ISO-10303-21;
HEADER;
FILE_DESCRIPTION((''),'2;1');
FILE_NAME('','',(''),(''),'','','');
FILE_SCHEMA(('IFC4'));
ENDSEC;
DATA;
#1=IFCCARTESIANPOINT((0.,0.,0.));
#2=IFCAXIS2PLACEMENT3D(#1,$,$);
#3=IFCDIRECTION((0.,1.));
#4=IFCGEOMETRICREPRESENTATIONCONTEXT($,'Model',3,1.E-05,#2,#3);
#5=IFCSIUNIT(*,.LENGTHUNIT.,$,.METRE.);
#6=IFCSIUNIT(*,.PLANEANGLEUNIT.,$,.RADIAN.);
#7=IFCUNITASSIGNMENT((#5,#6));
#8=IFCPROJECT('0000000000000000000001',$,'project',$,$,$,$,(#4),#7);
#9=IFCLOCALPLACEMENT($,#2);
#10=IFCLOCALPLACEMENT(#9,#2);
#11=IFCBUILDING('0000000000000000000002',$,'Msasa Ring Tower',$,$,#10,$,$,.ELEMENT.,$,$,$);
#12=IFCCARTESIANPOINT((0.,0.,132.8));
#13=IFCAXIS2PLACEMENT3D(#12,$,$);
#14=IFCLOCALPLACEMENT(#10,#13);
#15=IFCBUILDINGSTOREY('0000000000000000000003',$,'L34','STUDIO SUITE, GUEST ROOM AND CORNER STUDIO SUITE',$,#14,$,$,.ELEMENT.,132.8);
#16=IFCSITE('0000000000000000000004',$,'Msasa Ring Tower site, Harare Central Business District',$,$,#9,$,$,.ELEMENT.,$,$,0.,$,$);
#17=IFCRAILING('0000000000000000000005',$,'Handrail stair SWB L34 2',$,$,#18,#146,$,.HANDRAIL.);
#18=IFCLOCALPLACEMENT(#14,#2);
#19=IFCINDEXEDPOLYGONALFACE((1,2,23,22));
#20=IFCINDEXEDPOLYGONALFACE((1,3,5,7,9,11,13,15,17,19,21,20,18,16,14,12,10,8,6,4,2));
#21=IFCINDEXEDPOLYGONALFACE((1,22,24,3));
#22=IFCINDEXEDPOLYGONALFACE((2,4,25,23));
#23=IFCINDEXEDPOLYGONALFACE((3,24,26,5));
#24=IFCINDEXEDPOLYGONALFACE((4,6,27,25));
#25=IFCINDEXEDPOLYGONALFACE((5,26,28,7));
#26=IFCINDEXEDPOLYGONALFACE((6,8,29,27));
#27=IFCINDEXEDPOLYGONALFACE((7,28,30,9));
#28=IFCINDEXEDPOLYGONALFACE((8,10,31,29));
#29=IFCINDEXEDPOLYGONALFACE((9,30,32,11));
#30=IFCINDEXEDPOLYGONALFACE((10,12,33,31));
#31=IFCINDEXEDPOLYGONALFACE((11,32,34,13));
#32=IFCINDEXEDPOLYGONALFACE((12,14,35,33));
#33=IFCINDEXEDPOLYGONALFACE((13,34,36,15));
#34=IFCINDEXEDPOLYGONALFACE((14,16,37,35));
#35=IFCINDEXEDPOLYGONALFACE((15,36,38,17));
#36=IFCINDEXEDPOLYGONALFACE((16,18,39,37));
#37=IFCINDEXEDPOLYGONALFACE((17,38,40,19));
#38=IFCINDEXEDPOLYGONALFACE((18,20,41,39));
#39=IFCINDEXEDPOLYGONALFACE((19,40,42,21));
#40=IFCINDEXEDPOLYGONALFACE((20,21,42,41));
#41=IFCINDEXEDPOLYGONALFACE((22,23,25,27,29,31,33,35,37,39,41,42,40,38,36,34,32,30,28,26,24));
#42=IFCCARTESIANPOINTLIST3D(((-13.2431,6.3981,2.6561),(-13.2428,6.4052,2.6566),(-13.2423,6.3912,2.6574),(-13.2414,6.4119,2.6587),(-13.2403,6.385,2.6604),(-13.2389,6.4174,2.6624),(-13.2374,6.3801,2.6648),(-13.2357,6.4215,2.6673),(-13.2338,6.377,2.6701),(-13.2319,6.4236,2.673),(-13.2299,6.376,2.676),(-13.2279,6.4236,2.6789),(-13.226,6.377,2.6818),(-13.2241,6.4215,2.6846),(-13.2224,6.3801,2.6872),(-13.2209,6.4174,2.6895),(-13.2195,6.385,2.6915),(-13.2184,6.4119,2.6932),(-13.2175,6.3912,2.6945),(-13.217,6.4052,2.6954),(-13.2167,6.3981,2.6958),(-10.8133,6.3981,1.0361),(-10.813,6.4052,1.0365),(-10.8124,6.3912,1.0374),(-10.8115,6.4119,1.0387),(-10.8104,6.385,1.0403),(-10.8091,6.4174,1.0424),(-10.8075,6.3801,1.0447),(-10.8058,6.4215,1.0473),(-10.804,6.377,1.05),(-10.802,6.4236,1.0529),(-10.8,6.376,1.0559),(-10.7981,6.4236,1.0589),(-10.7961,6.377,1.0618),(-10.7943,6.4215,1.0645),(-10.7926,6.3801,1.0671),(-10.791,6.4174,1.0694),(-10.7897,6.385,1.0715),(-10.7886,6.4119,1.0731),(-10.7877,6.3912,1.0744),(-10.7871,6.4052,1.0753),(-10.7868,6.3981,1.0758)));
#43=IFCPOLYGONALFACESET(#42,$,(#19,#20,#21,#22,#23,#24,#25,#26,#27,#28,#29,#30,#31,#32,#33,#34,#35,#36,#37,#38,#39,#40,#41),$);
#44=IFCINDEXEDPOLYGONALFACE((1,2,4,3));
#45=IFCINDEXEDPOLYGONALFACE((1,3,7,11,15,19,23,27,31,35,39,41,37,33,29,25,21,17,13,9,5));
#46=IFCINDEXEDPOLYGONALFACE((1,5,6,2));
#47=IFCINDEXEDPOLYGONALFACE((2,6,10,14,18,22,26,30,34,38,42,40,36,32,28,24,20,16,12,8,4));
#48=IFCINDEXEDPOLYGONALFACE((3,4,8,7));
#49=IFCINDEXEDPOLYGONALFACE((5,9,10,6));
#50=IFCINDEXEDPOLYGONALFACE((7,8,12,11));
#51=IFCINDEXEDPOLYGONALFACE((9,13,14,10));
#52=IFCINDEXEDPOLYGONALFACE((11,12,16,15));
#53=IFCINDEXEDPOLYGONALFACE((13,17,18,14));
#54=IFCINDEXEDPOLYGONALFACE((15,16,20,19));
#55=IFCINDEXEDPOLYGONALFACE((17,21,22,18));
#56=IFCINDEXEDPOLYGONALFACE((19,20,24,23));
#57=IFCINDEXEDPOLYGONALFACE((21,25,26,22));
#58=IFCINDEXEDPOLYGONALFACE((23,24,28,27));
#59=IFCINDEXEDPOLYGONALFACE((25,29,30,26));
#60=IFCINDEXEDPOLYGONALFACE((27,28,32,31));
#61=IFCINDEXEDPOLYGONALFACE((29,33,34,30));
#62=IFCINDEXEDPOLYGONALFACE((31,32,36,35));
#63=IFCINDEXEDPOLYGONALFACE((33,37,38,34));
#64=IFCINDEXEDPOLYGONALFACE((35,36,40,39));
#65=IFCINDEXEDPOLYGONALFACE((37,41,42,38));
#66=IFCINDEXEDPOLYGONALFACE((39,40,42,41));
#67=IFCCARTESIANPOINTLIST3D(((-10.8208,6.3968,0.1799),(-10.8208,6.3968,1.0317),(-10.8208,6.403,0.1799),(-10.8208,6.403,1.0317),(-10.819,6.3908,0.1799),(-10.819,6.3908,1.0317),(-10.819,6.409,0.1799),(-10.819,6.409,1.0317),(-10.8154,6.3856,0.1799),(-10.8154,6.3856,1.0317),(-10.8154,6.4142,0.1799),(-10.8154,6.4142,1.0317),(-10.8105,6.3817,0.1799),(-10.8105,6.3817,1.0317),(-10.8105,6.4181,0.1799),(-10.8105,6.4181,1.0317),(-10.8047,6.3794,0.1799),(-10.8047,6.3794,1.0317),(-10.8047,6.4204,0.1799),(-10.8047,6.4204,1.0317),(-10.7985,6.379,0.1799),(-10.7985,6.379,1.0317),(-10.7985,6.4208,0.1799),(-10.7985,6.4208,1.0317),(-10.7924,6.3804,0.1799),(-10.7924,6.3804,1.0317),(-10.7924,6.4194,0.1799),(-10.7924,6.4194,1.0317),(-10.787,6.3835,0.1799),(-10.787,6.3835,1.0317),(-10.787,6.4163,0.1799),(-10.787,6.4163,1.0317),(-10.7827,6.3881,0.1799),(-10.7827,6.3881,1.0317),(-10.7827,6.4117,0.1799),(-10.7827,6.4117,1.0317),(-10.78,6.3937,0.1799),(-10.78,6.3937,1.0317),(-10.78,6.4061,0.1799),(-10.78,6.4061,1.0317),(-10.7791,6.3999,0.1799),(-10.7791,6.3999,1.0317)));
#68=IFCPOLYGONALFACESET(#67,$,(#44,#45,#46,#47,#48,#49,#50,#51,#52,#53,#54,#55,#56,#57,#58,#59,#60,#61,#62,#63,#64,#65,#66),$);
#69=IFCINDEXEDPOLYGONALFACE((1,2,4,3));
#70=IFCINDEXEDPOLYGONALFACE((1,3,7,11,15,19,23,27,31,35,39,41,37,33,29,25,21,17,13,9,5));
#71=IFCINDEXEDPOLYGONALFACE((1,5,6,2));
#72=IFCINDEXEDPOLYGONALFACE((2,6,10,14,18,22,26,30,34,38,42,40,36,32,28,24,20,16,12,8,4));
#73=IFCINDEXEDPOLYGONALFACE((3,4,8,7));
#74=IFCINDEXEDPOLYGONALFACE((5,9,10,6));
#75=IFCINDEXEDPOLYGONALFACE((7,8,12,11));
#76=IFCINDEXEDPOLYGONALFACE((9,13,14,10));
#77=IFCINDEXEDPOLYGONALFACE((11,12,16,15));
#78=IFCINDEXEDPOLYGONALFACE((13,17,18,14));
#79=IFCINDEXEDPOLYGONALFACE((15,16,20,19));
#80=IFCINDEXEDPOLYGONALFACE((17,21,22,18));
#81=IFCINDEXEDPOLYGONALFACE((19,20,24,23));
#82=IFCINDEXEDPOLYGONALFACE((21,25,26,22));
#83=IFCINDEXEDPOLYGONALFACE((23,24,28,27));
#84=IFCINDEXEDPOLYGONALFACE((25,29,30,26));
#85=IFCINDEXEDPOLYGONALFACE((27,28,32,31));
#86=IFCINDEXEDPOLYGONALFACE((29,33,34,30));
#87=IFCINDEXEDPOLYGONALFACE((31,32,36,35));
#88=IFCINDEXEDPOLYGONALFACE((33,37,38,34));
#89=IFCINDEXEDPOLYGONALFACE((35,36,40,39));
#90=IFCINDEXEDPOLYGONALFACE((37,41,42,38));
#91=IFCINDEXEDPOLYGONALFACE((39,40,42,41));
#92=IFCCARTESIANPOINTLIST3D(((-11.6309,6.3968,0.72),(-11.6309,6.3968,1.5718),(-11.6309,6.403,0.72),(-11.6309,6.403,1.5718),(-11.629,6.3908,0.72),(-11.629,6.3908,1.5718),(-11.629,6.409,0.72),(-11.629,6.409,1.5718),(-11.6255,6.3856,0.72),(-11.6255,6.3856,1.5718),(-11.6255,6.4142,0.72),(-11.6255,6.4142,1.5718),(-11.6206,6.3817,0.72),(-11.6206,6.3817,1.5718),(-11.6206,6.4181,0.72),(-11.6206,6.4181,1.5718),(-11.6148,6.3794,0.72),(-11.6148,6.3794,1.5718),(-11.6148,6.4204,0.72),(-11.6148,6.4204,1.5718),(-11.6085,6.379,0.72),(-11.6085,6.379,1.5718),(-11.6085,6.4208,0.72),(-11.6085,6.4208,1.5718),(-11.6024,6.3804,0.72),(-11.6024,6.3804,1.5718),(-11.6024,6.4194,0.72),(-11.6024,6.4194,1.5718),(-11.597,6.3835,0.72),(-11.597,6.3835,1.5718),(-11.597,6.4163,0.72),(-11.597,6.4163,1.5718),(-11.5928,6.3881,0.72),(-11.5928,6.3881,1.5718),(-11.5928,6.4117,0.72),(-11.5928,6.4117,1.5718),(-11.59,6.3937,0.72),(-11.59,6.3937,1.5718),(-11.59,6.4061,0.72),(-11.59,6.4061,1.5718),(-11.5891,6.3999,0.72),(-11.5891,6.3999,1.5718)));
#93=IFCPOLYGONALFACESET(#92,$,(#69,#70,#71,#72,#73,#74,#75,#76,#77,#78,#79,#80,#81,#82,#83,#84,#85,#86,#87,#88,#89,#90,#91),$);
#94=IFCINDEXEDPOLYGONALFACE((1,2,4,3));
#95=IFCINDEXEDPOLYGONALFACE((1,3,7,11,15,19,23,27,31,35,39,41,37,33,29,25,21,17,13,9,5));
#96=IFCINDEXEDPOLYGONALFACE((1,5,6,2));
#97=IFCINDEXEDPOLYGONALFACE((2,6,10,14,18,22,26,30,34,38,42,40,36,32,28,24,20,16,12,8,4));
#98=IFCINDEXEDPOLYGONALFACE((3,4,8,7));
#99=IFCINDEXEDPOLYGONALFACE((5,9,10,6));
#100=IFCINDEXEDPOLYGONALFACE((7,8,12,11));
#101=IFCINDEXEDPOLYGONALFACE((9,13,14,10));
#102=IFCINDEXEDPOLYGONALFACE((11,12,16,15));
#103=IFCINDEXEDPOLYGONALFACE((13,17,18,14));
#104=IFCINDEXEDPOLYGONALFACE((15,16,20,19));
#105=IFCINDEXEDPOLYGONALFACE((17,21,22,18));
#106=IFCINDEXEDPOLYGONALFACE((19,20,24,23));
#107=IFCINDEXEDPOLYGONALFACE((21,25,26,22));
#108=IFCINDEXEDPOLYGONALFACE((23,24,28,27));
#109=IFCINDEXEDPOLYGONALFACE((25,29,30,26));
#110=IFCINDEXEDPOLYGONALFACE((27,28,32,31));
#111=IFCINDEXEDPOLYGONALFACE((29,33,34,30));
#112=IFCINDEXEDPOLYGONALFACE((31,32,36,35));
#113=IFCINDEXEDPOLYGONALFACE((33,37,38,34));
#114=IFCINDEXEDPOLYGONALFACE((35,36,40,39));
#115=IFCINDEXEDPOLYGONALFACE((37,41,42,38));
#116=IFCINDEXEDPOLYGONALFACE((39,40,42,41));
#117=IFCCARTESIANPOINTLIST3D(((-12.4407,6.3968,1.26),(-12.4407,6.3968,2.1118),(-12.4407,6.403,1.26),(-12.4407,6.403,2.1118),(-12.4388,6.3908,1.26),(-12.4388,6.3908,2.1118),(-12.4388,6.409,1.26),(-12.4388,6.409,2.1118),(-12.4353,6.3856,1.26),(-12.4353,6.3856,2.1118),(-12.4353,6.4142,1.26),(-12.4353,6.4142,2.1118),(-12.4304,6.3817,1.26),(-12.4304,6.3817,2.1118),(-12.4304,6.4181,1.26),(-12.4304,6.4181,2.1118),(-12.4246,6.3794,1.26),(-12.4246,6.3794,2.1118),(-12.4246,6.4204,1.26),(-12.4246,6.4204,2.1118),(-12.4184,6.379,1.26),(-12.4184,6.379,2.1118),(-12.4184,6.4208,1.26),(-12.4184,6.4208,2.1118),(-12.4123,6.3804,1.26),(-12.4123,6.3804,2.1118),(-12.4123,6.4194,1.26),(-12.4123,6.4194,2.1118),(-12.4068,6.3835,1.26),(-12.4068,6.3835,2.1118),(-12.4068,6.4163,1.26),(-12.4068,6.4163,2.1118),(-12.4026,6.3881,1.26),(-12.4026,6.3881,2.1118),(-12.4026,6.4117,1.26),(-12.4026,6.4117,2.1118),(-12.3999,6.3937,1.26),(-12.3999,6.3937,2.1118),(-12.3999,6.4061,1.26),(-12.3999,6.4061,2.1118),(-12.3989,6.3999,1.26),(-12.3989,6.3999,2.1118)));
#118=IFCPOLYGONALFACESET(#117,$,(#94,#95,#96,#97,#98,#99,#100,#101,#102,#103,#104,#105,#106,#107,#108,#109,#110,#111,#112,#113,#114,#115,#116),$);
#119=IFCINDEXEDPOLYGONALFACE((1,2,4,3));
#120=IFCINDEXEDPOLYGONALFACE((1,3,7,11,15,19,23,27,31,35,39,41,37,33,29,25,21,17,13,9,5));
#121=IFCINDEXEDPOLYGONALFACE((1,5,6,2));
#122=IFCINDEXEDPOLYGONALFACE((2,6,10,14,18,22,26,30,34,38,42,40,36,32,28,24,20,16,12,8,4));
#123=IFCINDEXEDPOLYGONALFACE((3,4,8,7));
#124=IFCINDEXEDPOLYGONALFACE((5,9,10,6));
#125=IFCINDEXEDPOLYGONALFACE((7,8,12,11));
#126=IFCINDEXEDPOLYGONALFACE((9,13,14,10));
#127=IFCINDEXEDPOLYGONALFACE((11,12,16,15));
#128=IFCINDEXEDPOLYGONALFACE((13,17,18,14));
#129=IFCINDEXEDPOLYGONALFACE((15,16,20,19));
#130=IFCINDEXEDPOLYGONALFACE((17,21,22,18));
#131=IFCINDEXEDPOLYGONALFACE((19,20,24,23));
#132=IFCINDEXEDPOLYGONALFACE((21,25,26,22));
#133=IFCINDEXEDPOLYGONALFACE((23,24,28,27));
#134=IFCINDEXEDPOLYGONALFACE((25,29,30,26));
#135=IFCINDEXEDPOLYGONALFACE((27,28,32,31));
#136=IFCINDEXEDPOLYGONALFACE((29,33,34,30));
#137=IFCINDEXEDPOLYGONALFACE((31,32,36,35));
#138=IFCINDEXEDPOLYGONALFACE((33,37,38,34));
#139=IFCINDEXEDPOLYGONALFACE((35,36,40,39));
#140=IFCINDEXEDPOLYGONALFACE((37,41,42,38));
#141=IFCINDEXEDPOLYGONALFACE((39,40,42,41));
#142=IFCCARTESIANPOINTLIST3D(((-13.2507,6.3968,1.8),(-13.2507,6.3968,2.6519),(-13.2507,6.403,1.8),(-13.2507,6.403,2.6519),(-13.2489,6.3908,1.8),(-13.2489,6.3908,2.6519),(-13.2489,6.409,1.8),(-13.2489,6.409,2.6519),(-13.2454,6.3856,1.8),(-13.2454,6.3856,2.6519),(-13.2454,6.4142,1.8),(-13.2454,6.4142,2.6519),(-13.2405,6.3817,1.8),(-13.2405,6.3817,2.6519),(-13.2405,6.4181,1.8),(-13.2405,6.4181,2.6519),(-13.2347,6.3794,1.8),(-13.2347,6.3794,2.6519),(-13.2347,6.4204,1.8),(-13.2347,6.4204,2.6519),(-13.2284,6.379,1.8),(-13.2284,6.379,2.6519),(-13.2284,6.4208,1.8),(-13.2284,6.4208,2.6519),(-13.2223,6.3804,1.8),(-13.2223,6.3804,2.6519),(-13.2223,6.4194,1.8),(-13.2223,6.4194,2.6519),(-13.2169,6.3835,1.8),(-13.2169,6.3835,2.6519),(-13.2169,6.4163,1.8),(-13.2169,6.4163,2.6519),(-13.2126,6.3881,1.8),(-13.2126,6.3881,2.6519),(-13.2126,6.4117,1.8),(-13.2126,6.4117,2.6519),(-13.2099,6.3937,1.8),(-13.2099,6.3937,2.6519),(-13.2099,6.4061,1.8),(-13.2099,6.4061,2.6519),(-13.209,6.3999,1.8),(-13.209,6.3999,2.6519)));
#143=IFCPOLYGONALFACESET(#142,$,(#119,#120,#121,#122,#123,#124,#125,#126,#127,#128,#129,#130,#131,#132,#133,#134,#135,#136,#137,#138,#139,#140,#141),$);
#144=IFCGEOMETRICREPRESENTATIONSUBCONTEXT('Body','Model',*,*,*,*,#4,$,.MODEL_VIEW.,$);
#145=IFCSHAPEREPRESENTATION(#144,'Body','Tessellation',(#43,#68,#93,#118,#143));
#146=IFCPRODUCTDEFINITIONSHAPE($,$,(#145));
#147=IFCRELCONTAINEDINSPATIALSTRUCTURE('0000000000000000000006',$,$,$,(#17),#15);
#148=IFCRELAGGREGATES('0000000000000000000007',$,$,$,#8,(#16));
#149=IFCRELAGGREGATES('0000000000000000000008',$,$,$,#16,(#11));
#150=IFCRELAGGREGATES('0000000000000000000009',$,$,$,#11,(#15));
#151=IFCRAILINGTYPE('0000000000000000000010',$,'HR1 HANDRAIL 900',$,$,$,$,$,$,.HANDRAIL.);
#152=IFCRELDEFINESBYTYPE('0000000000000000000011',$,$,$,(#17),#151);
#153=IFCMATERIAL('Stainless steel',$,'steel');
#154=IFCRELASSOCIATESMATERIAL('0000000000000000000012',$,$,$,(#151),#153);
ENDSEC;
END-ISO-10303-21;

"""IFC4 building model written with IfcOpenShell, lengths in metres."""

from ifc_helpers import new_model, si_unit, direction, frame, origin, origin_2d, place, context, subcontext, project, spatial, circle, extrude, material, type_object, element, save


model = new_model("IFC4")

# Units and contexts
model_context = context("Model", 3, precision=1e-05, world=origin(), true_north=direction((0.0, 1.0)))
body_context = subcontext(model_context, "Body", "Model", "MODEL_VIEW")
ifc_project = project(units=[si_unit("LENGTHUNIT", "METRE"), si_unit("PLANEANGLEUNIT", "RADIAN")], contexts=[model_context])

# Site, building, storey
site_placement = place(None, origin())
site = spatial("IfcSite", under=ifc_project, at=site_placement, Name="Msasa Ring Tower site, Harare Central Business District", CompositionType="ELEMENT", RefElevation=0.0)
building_placement = place(site_placement, origin())
building = spatial("IfcBuilding", under=site, at=building_placement, Name="Msasa Ring Tower", CompositionType="ELEMENT")
storey_placement = place(building_placement, frame((0.0, 0.0, 132.8)))
storey = spatial("IfcBuildingStorey", under=building, at=storey_placement, Name="L34", Description="STUDIO SUITE, GUEST ROOM AND CORNER STUDIO SUITE", CompositionType="ELEMENT", Elevation=132.8)

# Railing
ifc_material_1 = material(Name="Stainless steel", Category="steel")
railing_type = type_object("IfcRailingType", Name="HR1 HANDRAIL 900", PredefinedType="HANDRAIL", material=ifc_material_1)
for number, where, name in (
    (1, (-10.8, 6.3999, 0.1799), "Handrail stair SWB L34 2"),
):
    element("IfcRailing", number, at=place(storey_placement, frame(where)), inside=storey, type_object=railing_type, Name=name, PredefinedType="HANDRAIL", context=body_context, shape_type="SweptSolid", body=[
        extrude(circle(Radius=0.0239, at=origin_2d()), frame((0.0, 0.0, 0.876), z_axis=(-0.832025, 0.0, 0.554739), x_axis=(0.0, -1.0, 0.0)), (0.0, 0.0, 1.0), 2.9204),
        extrude(circle(Radius=0.021, at=origin_2d()), origin(), (0.0, 0.0, 1.0), 0.8518),
        extrude(circle(Radius=0.021, at=origin_2d()), frame((-0.8101, 0.0, 0.54)), (0.0, 0.0, 1.0), 0.8518),
        extrude(circle(Radius=0.021, at=origin_2d()), frame((-1.6199, 0.0, 1.0801)), (0.0, 0.0, 1.0), 0.8518),
        extrude(circle(Radius=0.021, at=origin_2d()), frame((-2.4299, 0.0, 1.6201)), (0.0, 0.0, 1.0), 0.8518),
    ])

save(model, "model.ifc")
